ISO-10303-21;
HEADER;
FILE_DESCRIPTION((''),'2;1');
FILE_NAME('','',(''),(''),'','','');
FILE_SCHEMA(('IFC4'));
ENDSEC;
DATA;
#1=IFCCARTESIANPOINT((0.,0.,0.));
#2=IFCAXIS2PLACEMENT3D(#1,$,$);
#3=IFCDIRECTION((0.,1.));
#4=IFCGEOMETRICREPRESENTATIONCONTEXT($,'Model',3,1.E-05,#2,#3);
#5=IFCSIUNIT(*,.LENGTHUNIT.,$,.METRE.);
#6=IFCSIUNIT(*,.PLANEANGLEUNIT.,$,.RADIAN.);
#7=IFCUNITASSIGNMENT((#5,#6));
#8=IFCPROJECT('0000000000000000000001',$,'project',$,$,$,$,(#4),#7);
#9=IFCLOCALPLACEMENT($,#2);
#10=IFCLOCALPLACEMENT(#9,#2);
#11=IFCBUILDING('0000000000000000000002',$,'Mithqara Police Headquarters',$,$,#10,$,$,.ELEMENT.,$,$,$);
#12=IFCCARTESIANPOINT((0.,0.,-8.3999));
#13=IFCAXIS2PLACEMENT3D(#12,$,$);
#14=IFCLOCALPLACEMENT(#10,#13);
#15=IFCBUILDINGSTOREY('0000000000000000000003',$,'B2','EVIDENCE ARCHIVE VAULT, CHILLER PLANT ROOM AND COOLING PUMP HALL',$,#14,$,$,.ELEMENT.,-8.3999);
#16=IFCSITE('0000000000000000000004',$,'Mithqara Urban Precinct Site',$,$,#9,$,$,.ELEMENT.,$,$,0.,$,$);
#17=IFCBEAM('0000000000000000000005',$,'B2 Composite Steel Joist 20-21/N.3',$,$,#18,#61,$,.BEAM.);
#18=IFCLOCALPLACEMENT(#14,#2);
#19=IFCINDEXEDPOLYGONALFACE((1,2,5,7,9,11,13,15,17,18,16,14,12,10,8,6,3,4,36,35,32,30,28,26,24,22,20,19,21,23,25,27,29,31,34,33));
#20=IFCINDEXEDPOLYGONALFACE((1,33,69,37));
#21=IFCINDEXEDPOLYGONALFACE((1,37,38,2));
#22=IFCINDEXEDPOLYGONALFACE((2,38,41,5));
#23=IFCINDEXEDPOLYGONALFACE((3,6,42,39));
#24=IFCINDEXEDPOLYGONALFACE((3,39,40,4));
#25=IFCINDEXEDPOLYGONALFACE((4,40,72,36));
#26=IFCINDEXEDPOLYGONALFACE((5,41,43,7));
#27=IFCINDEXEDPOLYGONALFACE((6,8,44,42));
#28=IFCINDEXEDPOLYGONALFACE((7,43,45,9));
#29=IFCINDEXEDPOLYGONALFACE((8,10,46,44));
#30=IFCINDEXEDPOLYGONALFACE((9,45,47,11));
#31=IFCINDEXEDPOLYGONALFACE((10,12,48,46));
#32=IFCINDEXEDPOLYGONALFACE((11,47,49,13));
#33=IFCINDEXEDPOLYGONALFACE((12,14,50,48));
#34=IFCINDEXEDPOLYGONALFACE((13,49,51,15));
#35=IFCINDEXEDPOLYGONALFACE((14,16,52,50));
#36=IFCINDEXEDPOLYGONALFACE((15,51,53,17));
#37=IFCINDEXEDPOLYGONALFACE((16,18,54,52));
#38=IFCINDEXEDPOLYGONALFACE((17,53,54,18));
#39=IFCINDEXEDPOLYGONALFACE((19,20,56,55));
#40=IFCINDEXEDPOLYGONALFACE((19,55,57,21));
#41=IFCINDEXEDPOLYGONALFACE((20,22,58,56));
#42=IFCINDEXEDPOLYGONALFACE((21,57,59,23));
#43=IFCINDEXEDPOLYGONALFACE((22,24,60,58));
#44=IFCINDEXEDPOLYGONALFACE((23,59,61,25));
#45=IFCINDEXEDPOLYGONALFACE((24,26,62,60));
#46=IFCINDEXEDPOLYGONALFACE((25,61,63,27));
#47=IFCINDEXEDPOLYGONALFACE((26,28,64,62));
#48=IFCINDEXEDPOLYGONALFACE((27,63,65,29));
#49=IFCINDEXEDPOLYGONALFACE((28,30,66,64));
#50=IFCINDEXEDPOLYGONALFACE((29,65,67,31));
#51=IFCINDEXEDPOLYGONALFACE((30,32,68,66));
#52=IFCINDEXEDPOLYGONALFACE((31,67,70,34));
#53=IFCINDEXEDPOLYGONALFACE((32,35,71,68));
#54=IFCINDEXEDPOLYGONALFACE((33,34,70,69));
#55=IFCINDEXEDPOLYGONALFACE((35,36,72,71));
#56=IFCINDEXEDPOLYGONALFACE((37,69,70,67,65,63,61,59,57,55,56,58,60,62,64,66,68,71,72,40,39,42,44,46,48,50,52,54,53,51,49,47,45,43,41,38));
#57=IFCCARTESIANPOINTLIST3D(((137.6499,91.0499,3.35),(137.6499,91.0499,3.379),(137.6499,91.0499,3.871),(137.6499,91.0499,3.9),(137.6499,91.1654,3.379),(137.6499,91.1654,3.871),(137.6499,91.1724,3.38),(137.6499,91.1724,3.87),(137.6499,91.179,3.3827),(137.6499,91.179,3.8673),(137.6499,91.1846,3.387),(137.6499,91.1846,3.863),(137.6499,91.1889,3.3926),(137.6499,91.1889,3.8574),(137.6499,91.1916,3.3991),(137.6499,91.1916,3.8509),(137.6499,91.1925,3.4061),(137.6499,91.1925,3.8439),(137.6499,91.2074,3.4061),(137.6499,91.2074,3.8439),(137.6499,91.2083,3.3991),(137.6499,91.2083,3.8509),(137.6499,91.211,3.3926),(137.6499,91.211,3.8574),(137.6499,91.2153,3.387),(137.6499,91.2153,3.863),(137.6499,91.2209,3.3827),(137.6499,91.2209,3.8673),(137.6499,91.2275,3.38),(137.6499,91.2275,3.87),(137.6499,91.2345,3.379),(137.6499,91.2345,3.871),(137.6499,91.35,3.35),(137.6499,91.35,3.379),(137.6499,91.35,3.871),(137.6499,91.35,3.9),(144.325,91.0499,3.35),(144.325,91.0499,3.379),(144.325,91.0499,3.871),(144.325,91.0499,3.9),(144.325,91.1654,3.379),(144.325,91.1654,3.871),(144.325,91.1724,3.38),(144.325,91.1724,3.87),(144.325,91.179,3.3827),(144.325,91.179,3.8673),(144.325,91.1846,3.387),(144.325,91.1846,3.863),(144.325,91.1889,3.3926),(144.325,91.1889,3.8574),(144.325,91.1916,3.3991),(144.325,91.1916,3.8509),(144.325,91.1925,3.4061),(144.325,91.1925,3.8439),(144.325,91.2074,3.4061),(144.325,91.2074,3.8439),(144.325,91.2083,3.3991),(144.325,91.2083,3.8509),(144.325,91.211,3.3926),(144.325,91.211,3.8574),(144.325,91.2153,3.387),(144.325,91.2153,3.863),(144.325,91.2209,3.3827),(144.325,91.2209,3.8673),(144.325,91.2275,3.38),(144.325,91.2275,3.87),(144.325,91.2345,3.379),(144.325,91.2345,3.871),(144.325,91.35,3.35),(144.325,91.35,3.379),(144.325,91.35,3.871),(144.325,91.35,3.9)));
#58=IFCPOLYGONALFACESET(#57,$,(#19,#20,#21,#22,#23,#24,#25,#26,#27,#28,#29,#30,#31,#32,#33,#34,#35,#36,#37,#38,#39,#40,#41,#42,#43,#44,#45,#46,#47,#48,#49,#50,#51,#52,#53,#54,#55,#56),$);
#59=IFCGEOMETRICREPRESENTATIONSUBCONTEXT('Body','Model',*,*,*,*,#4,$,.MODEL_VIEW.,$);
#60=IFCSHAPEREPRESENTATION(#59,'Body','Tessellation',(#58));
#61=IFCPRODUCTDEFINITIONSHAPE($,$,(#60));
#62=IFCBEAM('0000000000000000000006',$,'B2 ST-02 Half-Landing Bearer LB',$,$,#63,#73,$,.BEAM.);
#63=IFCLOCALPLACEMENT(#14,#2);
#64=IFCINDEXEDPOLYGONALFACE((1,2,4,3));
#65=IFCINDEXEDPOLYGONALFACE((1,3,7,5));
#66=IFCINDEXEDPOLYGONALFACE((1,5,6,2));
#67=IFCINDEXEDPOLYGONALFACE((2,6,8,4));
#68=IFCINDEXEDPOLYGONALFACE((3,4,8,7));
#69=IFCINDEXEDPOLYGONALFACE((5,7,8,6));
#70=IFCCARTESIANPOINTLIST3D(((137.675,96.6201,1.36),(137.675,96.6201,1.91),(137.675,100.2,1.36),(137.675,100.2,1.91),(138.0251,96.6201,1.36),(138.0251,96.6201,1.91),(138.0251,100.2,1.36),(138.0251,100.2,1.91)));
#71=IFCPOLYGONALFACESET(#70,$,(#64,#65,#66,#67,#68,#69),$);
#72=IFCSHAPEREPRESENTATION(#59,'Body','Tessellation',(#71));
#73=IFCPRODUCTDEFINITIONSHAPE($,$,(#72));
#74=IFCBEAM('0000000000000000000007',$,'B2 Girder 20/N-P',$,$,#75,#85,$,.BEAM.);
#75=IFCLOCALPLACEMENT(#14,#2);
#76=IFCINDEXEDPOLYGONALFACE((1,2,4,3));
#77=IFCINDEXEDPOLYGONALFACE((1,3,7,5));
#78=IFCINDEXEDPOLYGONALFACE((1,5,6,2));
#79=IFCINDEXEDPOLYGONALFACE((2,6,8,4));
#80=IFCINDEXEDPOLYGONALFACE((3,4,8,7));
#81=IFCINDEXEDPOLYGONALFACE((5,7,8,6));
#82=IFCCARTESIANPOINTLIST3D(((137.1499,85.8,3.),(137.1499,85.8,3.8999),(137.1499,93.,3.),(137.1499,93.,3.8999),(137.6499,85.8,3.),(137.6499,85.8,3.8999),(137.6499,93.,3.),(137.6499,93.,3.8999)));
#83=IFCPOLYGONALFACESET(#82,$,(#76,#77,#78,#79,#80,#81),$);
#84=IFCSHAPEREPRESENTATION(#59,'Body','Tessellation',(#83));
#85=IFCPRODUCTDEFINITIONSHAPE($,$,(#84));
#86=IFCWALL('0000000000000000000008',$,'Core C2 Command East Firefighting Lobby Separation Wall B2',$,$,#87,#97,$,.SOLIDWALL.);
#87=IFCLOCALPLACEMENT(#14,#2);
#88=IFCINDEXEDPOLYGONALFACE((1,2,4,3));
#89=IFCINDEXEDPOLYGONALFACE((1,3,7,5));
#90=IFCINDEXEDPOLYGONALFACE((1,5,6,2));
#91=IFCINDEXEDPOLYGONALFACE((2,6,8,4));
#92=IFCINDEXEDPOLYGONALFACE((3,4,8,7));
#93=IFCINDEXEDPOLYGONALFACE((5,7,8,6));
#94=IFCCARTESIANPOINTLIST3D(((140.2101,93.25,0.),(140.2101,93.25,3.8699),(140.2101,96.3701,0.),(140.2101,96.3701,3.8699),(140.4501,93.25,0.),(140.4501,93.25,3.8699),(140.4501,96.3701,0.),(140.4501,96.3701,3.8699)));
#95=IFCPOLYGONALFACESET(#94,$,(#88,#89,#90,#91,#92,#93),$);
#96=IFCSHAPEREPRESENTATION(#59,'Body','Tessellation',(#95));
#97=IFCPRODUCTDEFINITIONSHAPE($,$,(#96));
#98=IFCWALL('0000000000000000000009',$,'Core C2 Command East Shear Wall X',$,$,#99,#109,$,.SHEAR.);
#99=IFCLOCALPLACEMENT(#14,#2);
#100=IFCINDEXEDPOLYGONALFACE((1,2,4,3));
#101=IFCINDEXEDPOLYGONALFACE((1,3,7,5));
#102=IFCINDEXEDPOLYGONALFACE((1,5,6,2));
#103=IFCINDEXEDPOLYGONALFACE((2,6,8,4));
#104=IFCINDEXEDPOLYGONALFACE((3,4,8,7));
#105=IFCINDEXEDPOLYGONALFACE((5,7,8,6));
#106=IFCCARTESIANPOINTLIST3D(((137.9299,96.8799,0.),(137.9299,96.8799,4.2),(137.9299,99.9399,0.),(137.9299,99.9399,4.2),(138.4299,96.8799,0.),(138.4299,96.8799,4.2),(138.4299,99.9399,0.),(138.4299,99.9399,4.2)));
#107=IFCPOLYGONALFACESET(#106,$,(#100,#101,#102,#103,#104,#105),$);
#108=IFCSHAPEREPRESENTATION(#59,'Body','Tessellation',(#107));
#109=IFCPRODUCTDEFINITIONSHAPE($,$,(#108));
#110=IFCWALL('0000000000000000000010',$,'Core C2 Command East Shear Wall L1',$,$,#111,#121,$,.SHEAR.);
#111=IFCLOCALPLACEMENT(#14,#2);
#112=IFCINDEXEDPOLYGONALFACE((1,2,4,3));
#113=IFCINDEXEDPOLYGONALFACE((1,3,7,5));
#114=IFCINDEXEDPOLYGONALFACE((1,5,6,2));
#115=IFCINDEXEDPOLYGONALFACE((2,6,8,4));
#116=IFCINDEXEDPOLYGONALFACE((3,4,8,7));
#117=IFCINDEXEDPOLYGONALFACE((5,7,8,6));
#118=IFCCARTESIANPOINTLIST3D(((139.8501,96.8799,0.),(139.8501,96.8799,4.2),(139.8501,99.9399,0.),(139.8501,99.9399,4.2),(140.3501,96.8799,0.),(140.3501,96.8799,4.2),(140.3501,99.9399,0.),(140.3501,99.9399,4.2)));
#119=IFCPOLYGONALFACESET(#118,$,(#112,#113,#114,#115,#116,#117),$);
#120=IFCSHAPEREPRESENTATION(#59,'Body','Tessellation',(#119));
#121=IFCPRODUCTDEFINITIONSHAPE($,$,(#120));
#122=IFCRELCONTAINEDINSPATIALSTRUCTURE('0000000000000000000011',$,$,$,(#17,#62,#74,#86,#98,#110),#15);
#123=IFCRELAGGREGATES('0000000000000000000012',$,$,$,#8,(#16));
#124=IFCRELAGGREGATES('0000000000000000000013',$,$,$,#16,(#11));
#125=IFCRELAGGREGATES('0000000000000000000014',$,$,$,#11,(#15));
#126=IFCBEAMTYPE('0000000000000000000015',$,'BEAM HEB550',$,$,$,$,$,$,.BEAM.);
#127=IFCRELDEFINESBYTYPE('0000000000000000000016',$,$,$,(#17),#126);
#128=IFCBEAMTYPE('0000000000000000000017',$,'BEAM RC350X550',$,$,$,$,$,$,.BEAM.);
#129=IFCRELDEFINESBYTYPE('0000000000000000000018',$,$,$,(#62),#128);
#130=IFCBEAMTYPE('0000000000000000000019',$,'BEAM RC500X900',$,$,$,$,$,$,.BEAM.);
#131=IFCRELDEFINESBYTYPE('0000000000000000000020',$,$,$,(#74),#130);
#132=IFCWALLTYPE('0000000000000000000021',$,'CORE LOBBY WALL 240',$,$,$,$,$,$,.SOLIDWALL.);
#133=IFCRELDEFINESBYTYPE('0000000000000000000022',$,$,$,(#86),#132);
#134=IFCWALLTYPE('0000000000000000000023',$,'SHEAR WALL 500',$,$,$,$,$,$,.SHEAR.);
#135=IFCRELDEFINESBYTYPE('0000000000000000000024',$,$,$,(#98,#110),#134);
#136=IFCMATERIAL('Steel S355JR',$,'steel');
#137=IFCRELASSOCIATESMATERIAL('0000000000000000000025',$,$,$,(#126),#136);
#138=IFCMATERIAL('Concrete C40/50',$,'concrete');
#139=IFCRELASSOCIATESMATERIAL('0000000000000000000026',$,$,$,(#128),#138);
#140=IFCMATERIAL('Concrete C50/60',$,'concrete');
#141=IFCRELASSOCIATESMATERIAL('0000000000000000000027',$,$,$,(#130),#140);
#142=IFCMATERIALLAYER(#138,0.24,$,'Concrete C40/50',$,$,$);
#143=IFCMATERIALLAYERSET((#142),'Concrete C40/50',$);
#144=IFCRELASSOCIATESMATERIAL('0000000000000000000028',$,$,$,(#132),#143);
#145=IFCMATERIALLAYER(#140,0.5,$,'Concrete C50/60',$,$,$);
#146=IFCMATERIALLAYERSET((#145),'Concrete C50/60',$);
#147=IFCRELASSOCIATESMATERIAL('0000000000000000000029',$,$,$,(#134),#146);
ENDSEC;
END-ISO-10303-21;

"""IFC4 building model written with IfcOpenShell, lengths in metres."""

from ifc_helpers import new_model, si_unit, direction, frame, frame_2d, origin, origin_2d, place, context, subcontext, project, spatial, rectangle, i_section, extrude, material, layer, layer_set, material_profile, profile_set, type_object, element, save


model = new_model("IFC4")

# Units and contexts
model_context = context("Model", 3, precision=1e-05, world=origin(), true_north=direction((0.0, 1.0)))
body_context = subcontext(model_context, "Body", "Model", "MODEL_VIEW")
ifc_project = project(units=[si_unit("LENGTHUNIT", "METRE"), si_unit("PLANEANGLEUNIT", "RADIAN")], contexts=[model_context])

# Site, building, storey
site_placement = place(None, origin())
site = spatial("IfcSite", under=ifc_project, at=site_placement, Name="Mithqara Urban Precinct Site", CompositionType="ELEMENT", RefElevation=0.0)
building_placement = place(site_placement, origin())
building = spatial("IfcBuilding", under=site, at=building_placement, Name="Mithqara Police Headquarters", CompositionType="ELEMENT")
storey_placement = place(building_placement, frame((0.0, 0.0, -8.3999)))
storey = spatial("IfcBuildingStorey", under=building, at=storey_placement, Name="B2", Description="EVIDENCE ARCHIVE VAULT, CHILLER PLANT ROOM AND COOLING PUMP HALL", CompositionType="ELEMENT", Elevation=-8.3999)

# Shared definitions
ifc_material_1 = material(Name="Concrete C40/50", Category="concrete")

# Beams
ifc_material_2 = material(Name="Steel S355JR", Category="steel")
ifc_material_profile_1 = material_profile(ifc_material_2, i_section(OverallWidth=0.3, OverallDepth=0.55, WebThickness=0.0149, FlangeThickness=0.0291, FilletRadius=0.0271, at=origin_2d()), Name="HEB 550")
ifc_profile_set_1 = profile_set([ifc_material_profile_1], Name="Steel S355JR")
beam_type_1 = type_object("IfcBeamType", Name="BEAM HEB550", PredefinedType="BEAM", material=ifc_profile_set_1)
for number, where, z_axis, x_axis, name in (
    (1, (137.6499, 91.2, 3.625), (1.0, 0.0, 0.0), (0.0, 1.0, 0.0), "B2 Composite Steel Joist 20-21/N.3"),
):
    element("IfcBeam", number, at=place(storey_placement, frame(where, z_axis=z_axis, x_axis=x_axis)), inside=storey, type_object=beam_type_1, Name=name, PredefinedType="BEAM", context=body_context, shape_type="SweptSolid", body=[
        extrude(i_section(OverallWidth=0.3, OverallDepth=0.55, WebThickness=0.0149, FlangeThickness=0.0291, FilletRadius=0.0271, at=origin_2d()), origin(), (0.0, 0.0, 1.0), 6.675),
    ])
ifc_material_profile_2 = material_profile(ifc_material_1, rectangle(XDim=0.3501, YDim=0.55, at=origin_2d()), Name="RC 350x550")
ifc_profile_set_2 = profile_set([ifc_material_profile_2], Name="Concrete C40/50")
beam_type_2 = type_object("IfcBeamType", Name="BEAM RC350X550", PredefinedType="BEAM", material=ifc_profile_set_2)
beam_1_placement = place(storey_placement, frame((137.8501, 96.6201, 1.635), z_axis=(0.0, 1.0, 0.0), x_axis=(-1.0, 0.0, 0.0)))
element("IfcBeam", 2, at=beam_1_placement, inside=storey, type_object=beam_type_2, Name="B2 ST-02 Half-Landing Bearer LB", PredefinedType="BEAM", context=body_context, shape_type="SweptSolid", body=[
    extrude(rectangle(XDim=0.3501, YDim=0.55, at=origin_2d()), origin(), (0.0, 0.0, 1.0), 3.5798),
])
ifc_material_3 = material(Name="Concrete C50/60", Category="concrete")
ifc_material_profile_3 = material_profile(ifc_material_3, rectangle(XDim=0.5, YDim=0.8999, at=origin_2d()), Name="RC 500x900")
ifc_profile_set_3 = profile_set([ifc_material_profile_3], Name="Concrete C50/60")
beam_type_3 = type_object("IfcBeamType", Name="BEAM RC500X900", PredefinedType="BEAM", material=ifc_profile_set_3)
beam_2_placement = place(storey_placement, frame((137.3999, 85.8, 3.45), z_axis=(0.0, 1.0, 0.0), x_axis=(-1.0, 0.0, 0.0)))
element("IfcBeam", 3, at=beam_2_placement, inside=storey, type_object=beam_type_3, Name="B2 Girder 20/N-P", PredefinedType="BEAM", context=body_context, shape_type="SweptSolid", body=[
    extrude(rectangle(XDim=0.5, YDim=0.8999, at=origin_2d()), origin(), (0.0, 0.0, 1.0), 7.2),
])

# Walls
ifc_layer_1 = layer(ifc_material_1, 0.24, Name="Concrete C40/50")
ifc_layer_set_1 = layer_set([ifc_layer_1], Name="Concrete C40/50")
wall_type_1 = type_object("IfcWallType", Name="CORE LOBBY WALL 240", PredefinedType="SOLIDWALL", material=ifc_layer_set_1)
wall_placement = place(storey_placement, frame((140.3301, 93.25, 0.0), z_axis=(0.0, 0.0, 1.0), x_axis=(0.0, 1.0, 0.0)))
element("IfcWall", 4, at=wall_placement, inside=storey, type_object=wall_type_1, Name="Core C2 Command East Firefighting Lobby Separation Wall B2", PredefinedType="SOLIDWALL", context=body_context, shape_type="SweptSolid", body=[
    extrude(rectangle(XDim=3.1201, YDim=0.24, at=frame_2d((1.5601, 0.0))), origin(), (0.0, 0.0, 1.0), 3.8699),
])
ifc_layer_2 = layer(ifc_material_3, 0.5, Name="Concrete C50/60")
ifc_layer_set_2 = layer_set([ifc_layer_2], Name="Concrete C50/60")
wall_type_2 = type_object("IfcWallType", Name="SHEAR WALL 500", PredefinedType="SHEAR", material=ifc_layer_set_2)
for number, where, z_axis, x_axis, name in (
    (5, (138.1799, 96.8799, 0.0), (0.0, 0.0, 1.0), (0.0, 1.0, 0.0), "Core C2 Command East Shear Wall X"),
    (6, (140.1001, 96.8799, 0.0), (0.0, 0.0, 1.0), (0.0, 1.0, 0.0), "Core C2 Command East Shear Wall L1"),
):
    element("IfcWall", number, at=place(storey_placement, frame(where, z_axis=z_axis, x_axis=x_axis)), inside=storey, type_object=wall_type_2, Name=name, PredefinedType="SHEAR", context=body_context, shape_type="SweptSolid", body=[
        extrude(rectangle(XDim=3.0601, YDim=0.5, at=frame_2d((1.53, 0.0))), origin(), (0.0, 0.0, 1.0), 4.2),
    ])

save(model, "model.ifc")
